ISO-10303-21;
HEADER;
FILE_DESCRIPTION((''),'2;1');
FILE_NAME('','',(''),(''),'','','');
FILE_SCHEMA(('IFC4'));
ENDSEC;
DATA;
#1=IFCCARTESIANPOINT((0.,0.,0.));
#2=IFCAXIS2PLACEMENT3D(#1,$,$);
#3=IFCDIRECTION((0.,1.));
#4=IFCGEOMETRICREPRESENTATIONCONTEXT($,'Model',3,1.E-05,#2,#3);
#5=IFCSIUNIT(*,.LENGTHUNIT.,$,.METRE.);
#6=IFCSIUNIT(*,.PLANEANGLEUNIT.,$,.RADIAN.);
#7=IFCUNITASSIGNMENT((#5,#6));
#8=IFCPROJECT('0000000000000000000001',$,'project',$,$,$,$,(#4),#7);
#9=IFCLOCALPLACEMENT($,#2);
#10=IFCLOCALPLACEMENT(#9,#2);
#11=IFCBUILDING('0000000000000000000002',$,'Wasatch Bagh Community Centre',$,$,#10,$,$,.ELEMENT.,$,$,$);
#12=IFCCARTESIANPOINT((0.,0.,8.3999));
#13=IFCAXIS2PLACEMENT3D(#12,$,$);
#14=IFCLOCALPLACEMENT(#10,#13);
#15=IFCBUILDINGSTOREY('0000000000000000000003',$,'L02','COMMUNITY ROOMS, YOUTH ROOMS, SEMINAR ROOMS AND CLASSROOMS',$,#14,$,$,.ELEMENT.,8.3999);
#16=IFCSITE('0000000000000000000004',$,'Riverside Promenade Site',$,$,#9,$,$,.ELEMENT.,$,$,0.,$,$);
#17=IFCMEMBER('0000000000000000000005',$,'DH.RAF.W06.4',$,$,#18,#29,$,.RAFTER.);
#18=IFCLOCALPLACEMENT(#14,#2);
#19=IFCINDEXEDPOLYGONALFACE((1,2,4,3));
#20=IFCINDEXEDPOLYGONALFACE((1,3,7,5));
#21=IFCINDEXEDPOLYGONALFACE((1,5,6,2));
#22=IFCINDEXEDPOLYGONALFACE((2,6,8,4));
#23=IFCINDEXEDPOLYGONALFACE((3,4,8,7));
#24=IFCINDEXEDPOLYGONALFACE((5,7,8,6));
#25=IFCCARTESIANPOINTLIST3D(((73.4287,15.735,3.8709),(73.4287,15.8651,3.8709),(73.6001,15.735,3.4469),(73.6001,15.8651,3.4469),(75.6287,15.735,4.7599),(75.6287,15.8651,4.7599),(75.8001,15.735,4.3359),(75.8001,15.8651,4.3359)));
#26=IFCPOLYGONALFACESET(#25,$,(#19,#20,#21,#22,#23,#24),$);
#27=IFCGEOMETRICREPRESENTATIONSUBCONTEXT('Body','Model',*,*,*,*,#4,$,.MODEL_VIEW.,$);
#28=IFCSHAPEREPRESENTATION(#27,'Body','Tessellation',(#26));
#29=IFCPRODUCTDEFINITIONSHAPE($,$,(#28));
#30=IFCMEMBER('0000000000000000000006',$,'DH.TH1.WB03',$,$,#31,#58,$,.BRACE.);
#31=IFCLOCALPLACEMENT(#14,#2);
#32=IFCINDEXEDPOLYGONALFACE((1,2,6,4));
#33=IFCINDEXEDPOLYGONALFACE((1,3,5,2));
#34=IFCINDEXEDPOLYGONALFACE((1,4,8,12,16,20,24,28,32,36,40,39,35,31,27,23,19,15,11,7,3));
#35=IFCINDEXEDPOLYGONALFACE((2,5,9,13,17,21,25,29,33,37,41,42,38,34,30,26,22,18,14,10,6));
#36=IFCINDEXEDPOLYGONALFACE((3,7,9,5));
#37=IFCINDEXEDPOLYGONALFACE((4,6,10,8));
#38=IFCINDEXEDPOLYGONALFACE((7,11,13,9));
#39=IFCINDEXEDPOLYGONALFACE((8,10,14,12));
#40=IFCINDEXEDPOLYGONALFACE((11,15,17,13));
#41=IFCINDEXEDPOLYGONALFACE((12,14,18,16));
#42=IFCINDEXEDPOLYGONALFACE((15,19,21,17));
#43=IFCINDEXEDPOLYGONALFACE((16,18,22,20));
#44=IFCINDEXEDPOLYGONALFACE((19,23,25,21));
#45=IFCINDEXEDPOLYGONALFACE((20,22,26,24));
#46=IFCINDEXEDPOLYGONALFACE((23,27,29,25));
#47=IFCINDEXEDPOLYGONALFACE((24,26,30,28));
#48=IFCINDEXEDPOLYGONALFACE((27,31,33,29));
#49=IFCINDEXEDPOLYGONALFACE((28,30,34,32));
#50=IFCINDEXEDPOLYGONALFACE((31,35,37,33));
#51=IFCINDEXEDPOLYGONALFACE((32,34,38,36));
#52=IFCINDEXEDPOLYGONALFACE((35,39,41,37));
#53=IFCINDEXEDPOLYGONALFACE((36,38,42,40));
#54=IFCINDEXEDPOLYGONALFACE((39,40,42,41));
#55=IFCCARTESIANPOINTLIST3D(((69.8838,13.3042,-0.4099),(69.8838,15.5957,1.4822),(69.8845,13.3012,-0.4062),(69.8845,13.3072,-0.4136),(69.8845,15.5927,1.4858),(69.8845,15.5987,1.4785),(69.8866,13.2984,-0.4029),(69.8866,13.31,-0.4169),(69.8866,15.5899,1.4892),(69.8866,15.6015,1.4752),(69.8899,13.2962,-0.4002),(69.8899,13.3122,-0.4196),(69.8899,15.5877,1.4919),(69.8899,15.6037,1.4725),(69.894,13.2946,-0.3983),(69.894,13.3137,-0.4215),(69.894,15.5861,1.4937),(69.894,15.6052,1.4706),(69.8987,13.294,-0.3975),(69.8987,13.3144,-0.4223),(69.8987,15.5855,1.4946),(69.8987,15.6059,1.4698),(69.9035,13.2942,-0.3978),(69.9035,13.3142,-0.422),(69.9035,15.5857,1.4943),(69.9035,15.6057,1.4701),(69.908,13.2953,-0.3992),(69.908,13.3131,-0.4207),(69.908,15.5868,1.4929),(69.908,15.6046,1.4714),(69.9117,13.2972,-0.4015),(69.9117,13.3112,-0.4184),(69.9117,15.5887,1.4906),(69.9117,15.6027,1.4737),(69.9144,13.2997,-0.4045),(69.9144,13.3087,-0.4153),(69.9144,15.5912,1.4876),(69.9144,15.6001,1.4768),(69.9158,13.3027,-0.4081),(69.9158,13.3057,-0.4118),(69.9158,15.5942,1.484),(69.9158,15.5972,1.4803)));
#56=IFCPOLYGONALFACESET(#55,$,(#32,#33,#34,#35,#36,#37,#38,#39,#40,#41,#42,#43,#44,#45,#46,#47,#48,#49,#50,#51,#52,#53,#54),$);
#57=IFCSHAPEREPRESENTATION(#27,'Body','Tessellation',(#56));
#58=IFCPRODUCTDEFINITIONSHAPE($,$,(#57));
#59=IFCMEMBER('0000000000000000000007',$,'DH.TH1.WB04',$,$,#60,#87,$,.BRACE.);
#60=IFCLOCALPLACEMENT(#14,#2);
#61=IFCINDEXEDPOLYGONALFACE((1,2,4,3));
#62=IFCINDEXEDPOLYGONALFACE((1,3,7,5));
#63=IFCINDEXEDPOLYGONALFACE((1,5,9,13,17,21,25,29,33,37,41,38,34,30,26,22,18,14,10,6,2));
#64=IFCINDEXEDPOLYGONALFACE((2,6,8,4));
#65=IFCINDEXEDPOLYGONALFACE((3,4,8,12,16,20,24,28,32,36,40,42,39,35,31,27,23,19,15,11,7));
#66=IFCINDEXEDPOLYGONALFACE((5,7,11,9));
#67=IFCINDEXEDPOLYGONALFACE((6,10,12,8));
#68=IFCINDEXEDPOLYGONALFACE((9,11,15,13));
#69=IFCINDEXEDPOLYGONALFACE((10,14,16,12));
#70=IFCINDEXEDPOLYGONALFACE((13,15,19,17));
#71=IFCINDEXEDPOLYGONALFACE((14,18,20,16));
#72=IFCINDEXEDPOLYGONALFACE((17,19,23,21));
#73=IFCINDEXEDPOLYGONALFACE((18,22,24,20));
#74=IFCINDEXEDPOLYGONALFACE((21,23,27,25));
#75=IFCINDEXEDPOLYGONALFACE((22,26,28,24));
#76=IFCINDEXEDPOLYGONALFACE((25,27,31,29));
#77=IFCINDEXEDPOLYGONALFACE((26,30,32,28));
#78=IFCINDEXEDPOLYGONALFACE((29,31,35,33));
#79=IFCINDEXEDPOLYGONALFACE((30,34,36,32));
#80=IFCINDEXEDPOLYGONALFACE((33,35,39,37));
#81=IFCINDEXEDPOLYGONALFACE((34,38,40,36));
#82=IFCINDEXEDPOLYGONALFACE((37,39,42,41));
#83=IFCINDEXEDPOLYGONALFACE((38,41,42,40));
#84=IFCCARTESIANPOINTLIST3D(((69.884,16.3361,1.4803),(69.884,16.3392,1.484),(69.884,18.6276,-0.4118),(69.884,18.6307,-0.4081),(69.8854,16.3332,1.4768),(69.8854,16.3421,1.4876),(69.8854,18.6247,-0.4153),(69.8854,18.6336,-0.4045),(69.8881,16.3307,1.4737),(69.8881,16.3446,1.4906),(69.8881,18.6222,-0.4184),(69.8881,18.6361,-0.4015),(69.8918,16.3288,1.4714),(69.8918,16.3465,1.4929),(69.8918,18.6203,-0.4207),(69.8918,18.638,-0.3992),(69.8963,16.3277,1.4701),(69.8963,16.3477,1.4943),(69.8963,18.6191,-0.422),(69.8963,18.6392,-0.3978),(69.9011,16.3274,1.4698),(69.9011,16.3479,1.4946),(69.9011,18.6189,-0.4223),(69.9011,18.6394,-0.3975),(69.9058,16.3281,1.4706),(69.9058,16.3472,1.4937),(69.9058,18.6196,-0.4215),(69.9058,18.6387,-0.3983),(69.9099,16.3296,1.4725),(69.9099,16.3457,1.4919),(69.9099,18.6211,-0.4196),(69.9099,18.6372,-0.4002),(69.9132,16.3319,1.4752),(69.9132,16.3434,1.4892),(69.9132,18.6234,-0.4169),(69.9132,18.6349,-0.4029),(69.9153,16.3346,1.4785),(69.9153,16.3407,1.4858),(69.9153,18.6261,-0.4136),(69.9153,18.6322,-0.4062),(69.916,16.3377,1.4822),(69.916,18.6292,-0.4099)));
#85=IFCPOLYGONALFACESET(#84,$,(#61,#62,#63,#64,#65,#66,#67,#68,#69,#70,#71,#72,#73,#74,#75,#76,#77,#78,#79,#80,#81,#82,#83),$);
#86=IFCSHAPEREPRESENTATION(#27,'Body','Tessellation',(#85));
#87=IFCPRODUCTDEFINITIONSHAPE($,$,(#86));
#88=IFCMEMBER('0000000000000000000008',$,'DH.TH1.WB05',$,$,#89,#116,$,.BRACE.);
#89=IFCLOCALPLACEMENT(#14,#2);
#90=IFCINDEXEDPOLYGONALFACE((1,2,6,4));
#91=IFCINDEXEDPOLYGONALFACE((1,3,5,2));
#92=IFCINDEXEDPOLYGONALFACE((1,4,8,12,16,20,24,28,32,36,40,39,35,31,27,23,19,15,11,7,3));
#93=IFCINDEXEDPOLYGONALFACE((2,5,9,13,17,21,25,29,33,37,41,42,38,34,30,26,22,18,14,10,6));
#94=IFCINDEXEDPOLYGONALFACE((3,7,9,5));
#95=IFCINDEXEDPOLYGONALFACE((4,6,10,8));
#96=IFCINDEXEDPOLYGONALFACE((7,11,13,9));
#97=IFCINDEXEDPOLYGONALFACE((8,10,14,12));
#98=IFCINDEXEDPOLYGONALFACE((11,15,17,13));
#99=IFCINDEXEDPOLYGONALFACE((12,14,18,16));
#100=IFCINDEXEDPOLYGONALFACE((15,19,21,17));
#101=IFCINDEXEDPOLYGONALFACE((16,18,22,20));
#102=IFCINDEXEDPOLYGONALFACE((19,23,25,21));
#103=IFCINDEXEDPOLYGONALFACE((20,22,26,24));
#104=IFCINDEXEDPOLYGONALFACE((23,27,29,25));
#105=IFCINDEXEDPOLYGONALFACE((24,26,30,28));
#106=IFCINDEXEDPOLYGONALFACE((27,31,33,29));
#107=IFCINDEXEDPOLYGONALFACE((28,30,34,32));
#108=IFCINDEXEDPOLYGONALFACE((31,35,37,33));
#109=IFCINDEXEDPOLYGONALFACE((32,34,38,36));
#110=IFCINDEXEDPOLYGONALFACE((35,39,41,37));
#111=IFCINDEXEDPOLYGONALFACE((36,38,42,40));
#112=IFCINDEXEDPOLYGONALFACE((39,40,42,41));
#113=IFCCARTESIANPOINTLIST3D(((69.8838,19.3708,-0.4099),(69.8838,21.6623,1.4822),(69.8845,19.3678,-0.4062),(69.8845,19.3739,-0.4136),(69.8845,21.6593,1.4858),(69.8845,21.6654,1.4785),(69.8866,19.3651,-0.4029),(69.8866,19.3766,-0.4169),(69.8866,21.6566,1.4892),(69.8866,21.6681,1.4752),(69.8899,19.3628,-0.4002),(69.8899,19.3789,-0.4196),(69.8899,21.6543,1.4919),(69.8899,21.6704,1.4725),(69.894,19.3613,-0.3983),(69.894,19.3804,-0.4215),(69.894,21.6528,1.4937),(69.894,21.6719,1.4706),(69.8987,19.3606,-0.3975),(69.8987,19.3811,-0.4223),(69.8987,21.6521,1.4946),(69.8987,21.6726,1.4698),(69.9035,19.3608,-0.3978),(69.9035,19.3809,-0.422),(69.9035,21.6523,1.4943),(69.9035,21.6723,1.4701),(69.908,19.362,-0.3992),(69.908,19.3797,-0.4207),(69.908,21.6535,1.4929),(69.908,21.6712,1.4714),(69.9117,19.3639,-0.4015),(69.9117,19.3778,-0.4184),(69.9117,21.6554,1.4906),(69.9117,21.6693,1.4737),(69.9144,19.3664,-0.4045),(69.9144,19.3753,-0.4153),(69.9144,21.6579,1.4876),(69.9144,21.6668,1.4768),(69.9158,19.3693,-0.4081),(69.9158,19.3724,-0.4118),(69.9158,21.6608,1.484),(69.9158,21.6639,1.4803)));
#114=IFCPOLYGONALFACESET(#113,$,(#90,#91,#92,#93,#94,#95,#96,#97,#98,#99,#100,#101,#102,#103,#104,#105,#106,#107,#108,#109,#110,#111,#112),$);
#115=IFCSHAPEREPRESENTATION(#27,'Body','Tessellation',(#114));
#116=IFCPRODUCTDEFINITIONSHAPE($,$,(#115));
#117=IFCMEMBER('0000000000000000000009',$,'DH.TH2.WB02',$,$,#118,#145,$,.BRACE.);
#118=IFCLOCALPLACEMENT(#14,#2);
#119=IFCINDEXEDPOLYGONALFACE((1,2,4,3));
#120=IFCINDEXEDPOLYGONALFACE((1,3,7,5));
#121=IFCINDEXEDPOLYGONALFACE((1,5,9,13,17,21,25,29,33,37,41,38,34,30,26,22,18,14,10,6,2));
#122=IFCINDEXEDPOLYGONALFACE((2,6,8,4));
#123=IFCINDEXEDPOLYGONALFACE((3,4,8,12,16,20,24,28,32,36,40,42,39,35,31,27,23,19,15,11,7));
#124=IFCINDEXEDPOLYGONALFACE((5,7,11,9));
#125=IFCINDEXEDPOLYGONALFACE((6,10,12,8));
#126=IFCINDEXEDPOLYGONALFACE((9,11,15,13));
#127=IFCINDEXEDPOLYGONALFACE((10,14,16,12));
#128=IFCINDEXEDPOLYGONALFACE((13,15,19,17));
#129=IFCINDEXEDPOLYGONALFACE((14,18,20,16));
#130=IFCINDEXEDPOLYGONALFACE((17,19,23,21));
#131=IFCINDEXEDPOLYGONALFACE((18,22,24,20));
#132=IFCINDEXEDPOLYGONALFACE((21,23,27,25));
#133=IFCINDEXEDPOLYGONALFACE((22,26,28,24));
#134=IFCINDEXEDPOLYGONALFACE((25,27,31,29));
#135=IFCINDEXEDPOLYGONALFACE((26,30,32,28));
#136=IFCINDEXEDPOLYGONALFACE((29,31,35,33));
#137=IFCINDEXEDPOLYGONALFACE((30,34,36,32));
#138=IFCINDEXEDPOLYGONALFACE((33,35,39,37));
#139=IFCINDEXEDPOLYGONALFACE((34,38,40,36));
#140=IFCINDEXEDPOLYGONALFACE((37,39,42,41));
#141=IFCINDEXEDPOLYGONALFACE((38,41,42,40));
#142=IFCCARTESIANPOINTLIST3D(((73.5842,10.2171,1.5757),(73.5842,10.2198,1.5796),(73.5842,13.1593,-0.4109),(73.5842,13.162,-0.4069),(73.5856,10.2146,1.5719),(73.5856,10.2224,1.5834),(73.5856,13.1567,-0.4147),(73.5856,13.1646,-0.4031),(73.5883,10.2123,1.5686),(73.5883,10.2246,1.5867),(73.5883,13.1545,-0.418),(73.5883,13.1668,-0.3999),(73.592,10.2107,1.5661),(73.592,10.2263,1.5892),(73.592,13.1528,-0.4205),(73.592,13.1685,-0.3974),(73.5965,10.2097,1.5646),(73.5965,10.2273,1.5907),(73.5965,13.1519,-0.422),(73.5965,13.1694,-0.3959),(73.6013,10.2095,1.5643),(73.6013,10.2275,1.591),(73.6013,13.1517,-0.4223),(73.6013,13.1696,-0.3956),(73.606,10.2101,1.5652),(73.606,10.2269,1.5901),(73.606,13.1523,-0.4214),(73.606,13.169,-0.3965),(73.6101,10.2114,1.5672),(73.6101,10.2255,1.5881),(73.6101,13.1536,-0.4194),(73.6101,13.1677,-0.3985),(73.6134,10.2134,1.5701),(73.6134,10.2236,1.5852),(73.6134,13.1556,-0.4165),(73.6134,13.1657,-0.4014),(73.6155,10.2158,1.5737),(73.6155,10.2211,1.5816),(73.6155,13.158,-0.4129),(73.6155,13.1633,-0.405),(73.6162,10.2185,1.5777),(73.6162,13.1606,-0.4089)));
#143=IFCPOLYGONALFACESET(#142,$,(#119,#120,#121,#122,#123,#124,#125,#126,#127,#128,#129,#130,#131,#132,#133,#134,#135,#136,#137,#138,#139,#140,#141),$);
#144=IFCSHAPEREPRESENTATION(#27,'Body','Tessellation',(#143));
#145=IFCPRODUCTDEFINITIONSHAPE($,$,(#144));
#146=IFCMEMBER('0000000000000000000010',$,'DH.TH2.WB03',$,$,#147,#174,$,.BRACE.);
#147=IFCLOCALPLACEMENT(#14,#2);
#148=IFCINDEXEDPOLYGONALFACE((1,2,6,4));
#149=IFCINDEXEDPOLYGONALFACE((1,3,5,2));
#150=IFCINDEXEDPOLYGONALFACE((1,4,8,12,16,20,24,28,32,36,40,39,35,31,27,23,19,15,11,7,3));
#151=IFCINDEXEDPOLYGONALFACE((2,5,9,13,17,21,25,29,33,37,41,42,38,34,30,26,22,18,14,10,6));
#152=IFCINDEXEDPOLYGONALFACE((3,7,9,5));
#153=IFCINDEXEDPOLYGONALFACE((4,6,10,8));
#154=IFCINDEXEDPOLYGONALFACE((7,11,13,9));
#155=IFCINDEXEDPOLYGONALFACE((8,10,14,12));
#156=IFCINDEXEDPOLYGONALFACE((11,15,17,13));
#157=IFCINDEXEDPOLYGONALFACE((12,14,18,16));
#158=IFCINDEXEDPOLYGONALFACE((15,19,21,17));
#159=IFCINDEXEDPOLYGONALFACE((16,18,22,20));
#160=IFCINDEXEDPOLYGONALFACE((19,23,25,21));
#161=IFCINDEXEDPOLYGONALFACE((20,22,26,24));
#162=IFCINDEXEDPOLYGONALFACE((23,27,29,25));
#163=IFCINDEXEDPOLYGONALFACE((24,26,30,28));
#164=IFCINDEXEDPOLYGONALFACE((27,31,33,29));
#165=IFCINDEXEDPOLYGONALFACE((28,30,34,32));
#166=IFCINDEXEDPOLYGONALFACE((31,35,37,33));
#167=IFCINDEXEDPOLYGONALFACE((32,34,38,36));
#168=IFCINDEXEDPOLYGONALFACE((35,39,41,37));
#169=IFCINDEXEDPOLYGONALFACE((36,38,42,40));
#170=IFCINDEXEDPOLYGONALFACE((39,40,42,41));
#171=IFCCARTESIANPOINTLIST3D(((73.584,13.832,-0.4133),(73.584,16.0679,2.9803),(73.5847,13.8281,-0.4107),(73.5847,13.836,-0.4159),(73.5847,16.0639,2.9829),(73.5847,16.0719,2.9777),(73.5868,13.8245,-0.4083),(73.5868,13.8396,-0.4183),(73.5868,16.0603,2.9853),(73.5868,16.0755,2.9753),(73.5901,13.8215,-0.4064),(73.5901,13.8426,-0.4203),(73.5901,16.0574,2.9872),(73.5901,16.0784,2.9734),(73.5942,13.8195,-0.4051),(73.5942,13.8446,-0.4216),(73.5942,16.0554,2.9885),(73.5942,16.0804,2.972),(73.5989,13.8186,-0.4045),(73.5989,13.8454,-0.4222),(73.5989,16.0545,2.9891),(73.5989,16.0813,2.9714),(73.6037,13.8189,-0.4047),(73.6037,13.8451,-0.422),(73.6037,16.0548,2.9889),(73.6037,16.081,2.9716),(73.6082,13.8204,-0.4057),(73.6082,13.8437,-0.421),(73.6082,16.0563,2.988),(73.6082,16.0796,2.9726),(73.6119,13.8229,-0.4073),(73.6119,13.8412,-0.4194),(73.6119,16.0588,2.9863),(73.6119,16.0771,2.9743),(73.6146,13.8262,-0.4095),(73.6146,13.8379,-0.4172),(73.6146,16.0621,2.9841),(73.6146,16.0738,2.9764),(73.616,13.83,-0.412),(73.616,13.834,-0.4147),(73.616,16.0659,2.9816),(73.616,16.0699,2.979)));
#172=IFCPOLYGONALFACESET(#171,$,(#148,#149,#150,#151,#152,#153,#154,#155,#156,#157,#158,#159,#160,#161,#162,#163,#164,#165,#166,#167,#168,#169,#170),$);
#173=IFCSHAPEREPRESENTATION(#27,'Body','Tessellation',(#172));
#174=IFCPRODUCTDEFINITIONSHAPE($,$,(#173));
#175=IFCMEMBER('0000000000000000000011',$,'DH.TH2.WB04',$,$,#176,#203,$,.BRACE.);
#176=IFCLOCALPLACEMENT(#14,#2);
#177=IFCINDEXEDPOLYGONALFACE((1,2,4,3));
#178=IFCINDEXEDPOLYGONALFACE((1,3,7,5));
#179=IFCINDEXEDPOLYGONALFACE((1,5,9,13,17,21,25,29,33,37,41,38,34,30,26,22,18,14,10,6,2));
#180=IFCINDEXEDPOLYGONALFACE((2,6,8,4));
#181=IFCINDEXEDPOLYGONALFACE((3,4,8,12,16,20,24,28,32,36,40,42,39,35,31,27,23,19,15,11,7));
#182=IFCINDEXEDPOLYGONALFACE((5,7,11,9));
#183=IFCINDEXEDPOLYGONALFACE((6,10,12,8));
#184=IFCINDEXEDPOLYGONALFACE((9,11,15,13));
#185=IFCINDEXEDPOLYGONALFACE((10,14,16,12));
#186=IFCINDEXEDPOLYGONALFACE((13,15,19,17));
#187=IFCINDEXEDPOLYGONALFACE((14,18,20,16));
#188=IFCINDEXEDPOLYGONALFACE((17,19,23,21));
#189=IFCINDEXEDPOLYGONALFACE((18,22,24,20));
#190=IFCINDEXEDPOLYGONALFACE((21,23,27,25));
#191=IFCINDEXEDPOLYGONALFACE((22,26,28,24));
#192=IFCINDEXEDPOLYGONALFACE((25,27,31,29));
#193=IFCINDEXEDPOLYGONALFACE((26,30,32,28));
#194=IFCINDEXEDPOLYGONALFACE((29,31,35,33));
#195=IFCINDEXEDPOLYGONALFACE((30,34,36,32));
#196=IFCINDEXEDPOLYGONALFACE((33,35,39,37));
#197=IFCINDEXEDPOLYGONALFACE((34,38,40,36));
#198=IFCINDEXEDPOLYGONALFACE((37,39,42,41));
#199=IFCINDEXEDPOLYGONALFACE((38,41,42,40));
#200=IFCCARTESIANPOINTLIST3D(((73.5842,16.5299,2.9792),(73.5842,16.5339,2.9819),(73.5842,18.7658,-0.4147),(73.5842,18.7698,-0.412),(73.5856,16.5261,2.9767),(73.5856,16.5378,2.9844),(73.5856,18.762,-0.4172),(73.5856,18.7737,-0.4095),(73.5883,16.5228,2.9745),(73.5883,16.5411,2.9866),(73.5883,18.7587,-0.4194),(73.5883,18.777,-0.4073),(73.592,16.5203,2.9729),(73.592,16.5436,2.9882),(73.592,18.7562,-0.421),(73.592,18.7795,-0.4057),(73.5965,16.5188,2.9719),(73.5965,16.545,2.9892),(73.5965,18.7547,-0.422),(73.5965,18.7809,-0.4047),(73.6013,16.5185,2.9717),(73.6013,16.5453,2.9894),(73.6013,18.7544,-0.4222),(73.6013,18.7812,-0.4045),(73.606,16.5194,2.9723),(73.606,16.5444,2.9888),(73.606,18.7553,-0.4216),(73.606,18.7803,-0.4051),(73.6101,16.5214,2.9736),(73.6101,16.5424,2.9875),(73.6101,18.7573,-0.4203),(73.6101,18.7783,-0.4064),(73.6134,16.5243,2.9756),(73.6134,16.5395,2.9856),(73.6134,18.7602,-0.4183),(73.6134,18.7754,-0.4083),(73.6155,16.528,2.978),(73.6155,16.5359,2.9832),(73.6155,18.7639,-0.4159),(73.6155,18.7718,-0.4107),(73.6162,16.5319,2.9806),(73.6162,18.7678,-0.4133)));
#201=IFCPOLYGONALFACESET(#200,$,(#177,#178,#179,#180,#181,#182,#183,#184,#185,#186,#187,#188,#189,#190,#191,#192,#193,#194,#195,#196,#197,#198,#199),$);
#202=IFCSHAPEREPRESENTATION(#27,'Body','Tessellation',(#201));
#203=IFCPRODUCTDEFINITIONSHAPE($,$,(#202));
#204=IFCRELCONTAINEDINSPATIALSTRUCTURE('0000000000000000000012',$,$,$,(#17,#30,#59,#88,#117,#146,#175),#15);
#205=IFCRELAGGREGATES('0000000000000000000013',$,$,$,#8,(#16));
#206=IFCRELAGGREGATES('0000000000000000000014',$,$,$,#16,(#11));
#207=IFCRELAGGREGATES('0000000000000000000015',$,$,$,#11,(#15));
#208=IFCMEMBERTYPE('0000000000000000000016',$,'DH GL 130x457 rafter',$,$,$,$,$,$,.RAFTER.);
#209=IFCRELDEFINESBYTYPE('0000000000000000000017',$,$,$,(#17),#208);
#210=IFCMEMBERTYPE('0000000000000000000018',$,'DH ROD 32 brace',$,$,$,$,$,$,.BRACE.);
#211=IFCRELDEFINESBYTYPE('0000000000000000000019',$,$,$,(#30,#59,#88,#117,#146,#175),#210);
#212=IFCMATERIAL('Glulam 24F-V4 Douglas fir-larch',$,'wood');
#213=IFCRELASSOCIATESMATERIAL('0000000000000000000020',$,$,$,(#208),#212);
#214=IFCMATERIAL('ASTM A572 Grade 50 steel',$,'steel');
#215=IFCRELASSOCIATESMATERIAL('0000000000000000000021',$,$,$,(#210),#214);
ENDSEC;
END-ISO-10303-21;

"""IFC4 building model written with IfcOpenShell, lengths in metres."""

from ifc_helpers import new_model, si_unit, direction, frame, origin, origin_2d, place, context, subcontext, project, spatial, rectangle, circle, extrude, material, material_profile, profile_set, type_object, element, save


model = new_model("IFC4")

# Units and contexts
model_context = context("Model", 3, precision=1e-05, world=origin(), true_north=direction((0.0, 1.0)))
body_context = subcontext(model_context, "Body", "Model", "MODEL_VIEW")
ifc_project = project(units=[si_unit("LENGTHUNIT", "METRE"), si_unit("PLANEANGLEUNIT", "RADIAN")], contexts=[model_context])

# Site, building, storey
site_placement = place(None, origin())
site = spatial("IfcSite", under=ifc_project, at=site_placement, Name="Riverside Promenade Site", CompositionType="ELEMENT", RefElevation=0.0)
building_placement = place(site_placement, origin())
building = spatial("IfcBuilding", under=site, at=building_placement, Name="Wasatch Bagh Community Centre", CompositionType="ELEMENT")
storey_placement = place(building_placement, frame((0.0, 0.0, 8.3999)))
storey = spatial("IfcBuildingStorey", under=building, at=storey_placement, Name="L02", Description="COMMUNITY ROOMS, YOUTH ROOMS, SEMINAR ROOMS AND CLASSROOMS", CompositionType="ELEMENT", Elevation=8.3999)

# Members
ifc_material_1 = material(Name="Glulam 24F-V4 Douglas fir-larch", Category="wood")
ifc_material_profile_1 = material_profile(ifc_material_1, rectangle(XDim=0.1301, YDim=0.4573, at=origin_2d()), Name="GL 130x457")
ifc_profile_set_1 = profile_set([ifc_material_profile_1], Name="Glulam 24F-V4 Douglas fir-larch")
member_type_1 = type_object("IfcMemberType", Name="DH GL 130x457 rafter", PredefinedType="RAFTER", material=ifc_profile_set_1)
member_1_placement = place(storey_placement, frame((73.5144, 15.8, 3.6589), z_axis=(0.927172, 0.0, 0.374635), x_axis=(0.0, 1.0, 0.0)))
element("IfcMember", 1, at=member_1_placement, inside=storey, type_object=member_type_1, Name="DH.RAF.W06.4", PredefinedType="RAFTER", context=body_context, shape_type="SweptSolid", body=[
    extrude(rectangle(XDim=0.1301, YDim=0.4573, at=origin_2d()), origin(), (0.0, 0.0, 1.0), 2.3728),
])
ifc_material_2 = material(Name="ASTM A572 Grade 50 steel", Category="steel")
ifc_material_profile_2 = material_profile(ifc_material_2, circle(Radius=0.0161, at=origin_2d()), Name="ROD 32")
ifc_profile_set_2 = profile_set([ifc_material_profile_2], Name="ASTM A572 Grade 50 steel")
member_type_2 = type_object("IfcMemberType", Name="DH ROD 32 brace", PredefinedType="BRACE", material=ifc_profile_set_2)
for number, where, z_axis, x_axis, name in (
    (2, (69.8999, 13.3042, -0.4099), (0.0, 0.771109, 0.636703), (-1.0, 0.0, 0.0), "DH.TH1.WB03"),
    (3, (69.8999, 18.6292, -0.4099), (0.0, -0.771109, 0.636703), (1.0, 0.0, 0.0), "DH.TH1.WB04"),
    (4, (69.8999, 19.3708, -0.4099), (0.0, 0.771109, 0.636703), (-1.0, 0.0, 0.0), "DH.TH1.WB05"),
):
    element("IfcMember", number, at=place(storey_placement, frame(where, z_axis=z_axis, x_axis=x_axis)), inside=storey, type_object=member_type_2, Name=name, PredefinedType="BRACE", context=body_context, shape_type="SweptSolid", body=[
        extrude(circle(Radius=0.0161, at=origin_2d()), origin(), (0.0, 0.0, 1.0), 2.9717),
    ])
member_2_placement = place(storey_placement, frame((73.6001, 13.1606, -0.4089), z_axis=(0.0, -0.828767, 0.559595), x_axis=(1.0, 0.0, 0.0)))
element("IfcMember", 5, at=member_2_placement, inside=storey, type_object=member_type_2, Name="DH.TH2.WB02", PredefinedType="BRACE", context=body_context, shape_type="SweptSolid", body=[
    extrude(circle(Radius=0.0161, at=origin_2d()), origin(), (0.0, 0.0, 1.0), 3.55),
])
member_3_placement = place(storey_placement, frame((73.6001, 13.832, -0.4133), z_axis=(0.0, 0.550172, 0.835051), x_axis=(-1.0, 0.0, 0.0)))
element("IfcMember", 6, at=member_3_placement, inside=storey, type_object=member_type_2, Name="DH.TH2.WB03", PredefinedType="BRACE", context=body_context, shape_type="SweptSolid", body=[
    extrude(circle(Radius=0.0161, at=origin_2d()), origin(), (0.0, 0.0, 1.0), 4.064),
])
for number, where, z_axis, x_axis, name in (
    (7, (73.6001, 18.7678, -0.4133), (0.0, -0.550145, 0.835069), (1.0, 0.0, 0.0), "DH.TH2.WB04"),
):
    element("IfcMember", number, at=place(storey_placement, frame(where, z_axis=z_axis, x_axis=x_axis)), inside=storey, type_object=member_type_2, Name=name, PredefinedType="BRACE", context=body_context, shape_type="SweptSolid", body=[
        extrude(circle(Radius=0.0161, at=origin_2d()), origin(), (0.0, 0.0, 1.0), 4.0642),
    ])

save(model, "model.ifc")
